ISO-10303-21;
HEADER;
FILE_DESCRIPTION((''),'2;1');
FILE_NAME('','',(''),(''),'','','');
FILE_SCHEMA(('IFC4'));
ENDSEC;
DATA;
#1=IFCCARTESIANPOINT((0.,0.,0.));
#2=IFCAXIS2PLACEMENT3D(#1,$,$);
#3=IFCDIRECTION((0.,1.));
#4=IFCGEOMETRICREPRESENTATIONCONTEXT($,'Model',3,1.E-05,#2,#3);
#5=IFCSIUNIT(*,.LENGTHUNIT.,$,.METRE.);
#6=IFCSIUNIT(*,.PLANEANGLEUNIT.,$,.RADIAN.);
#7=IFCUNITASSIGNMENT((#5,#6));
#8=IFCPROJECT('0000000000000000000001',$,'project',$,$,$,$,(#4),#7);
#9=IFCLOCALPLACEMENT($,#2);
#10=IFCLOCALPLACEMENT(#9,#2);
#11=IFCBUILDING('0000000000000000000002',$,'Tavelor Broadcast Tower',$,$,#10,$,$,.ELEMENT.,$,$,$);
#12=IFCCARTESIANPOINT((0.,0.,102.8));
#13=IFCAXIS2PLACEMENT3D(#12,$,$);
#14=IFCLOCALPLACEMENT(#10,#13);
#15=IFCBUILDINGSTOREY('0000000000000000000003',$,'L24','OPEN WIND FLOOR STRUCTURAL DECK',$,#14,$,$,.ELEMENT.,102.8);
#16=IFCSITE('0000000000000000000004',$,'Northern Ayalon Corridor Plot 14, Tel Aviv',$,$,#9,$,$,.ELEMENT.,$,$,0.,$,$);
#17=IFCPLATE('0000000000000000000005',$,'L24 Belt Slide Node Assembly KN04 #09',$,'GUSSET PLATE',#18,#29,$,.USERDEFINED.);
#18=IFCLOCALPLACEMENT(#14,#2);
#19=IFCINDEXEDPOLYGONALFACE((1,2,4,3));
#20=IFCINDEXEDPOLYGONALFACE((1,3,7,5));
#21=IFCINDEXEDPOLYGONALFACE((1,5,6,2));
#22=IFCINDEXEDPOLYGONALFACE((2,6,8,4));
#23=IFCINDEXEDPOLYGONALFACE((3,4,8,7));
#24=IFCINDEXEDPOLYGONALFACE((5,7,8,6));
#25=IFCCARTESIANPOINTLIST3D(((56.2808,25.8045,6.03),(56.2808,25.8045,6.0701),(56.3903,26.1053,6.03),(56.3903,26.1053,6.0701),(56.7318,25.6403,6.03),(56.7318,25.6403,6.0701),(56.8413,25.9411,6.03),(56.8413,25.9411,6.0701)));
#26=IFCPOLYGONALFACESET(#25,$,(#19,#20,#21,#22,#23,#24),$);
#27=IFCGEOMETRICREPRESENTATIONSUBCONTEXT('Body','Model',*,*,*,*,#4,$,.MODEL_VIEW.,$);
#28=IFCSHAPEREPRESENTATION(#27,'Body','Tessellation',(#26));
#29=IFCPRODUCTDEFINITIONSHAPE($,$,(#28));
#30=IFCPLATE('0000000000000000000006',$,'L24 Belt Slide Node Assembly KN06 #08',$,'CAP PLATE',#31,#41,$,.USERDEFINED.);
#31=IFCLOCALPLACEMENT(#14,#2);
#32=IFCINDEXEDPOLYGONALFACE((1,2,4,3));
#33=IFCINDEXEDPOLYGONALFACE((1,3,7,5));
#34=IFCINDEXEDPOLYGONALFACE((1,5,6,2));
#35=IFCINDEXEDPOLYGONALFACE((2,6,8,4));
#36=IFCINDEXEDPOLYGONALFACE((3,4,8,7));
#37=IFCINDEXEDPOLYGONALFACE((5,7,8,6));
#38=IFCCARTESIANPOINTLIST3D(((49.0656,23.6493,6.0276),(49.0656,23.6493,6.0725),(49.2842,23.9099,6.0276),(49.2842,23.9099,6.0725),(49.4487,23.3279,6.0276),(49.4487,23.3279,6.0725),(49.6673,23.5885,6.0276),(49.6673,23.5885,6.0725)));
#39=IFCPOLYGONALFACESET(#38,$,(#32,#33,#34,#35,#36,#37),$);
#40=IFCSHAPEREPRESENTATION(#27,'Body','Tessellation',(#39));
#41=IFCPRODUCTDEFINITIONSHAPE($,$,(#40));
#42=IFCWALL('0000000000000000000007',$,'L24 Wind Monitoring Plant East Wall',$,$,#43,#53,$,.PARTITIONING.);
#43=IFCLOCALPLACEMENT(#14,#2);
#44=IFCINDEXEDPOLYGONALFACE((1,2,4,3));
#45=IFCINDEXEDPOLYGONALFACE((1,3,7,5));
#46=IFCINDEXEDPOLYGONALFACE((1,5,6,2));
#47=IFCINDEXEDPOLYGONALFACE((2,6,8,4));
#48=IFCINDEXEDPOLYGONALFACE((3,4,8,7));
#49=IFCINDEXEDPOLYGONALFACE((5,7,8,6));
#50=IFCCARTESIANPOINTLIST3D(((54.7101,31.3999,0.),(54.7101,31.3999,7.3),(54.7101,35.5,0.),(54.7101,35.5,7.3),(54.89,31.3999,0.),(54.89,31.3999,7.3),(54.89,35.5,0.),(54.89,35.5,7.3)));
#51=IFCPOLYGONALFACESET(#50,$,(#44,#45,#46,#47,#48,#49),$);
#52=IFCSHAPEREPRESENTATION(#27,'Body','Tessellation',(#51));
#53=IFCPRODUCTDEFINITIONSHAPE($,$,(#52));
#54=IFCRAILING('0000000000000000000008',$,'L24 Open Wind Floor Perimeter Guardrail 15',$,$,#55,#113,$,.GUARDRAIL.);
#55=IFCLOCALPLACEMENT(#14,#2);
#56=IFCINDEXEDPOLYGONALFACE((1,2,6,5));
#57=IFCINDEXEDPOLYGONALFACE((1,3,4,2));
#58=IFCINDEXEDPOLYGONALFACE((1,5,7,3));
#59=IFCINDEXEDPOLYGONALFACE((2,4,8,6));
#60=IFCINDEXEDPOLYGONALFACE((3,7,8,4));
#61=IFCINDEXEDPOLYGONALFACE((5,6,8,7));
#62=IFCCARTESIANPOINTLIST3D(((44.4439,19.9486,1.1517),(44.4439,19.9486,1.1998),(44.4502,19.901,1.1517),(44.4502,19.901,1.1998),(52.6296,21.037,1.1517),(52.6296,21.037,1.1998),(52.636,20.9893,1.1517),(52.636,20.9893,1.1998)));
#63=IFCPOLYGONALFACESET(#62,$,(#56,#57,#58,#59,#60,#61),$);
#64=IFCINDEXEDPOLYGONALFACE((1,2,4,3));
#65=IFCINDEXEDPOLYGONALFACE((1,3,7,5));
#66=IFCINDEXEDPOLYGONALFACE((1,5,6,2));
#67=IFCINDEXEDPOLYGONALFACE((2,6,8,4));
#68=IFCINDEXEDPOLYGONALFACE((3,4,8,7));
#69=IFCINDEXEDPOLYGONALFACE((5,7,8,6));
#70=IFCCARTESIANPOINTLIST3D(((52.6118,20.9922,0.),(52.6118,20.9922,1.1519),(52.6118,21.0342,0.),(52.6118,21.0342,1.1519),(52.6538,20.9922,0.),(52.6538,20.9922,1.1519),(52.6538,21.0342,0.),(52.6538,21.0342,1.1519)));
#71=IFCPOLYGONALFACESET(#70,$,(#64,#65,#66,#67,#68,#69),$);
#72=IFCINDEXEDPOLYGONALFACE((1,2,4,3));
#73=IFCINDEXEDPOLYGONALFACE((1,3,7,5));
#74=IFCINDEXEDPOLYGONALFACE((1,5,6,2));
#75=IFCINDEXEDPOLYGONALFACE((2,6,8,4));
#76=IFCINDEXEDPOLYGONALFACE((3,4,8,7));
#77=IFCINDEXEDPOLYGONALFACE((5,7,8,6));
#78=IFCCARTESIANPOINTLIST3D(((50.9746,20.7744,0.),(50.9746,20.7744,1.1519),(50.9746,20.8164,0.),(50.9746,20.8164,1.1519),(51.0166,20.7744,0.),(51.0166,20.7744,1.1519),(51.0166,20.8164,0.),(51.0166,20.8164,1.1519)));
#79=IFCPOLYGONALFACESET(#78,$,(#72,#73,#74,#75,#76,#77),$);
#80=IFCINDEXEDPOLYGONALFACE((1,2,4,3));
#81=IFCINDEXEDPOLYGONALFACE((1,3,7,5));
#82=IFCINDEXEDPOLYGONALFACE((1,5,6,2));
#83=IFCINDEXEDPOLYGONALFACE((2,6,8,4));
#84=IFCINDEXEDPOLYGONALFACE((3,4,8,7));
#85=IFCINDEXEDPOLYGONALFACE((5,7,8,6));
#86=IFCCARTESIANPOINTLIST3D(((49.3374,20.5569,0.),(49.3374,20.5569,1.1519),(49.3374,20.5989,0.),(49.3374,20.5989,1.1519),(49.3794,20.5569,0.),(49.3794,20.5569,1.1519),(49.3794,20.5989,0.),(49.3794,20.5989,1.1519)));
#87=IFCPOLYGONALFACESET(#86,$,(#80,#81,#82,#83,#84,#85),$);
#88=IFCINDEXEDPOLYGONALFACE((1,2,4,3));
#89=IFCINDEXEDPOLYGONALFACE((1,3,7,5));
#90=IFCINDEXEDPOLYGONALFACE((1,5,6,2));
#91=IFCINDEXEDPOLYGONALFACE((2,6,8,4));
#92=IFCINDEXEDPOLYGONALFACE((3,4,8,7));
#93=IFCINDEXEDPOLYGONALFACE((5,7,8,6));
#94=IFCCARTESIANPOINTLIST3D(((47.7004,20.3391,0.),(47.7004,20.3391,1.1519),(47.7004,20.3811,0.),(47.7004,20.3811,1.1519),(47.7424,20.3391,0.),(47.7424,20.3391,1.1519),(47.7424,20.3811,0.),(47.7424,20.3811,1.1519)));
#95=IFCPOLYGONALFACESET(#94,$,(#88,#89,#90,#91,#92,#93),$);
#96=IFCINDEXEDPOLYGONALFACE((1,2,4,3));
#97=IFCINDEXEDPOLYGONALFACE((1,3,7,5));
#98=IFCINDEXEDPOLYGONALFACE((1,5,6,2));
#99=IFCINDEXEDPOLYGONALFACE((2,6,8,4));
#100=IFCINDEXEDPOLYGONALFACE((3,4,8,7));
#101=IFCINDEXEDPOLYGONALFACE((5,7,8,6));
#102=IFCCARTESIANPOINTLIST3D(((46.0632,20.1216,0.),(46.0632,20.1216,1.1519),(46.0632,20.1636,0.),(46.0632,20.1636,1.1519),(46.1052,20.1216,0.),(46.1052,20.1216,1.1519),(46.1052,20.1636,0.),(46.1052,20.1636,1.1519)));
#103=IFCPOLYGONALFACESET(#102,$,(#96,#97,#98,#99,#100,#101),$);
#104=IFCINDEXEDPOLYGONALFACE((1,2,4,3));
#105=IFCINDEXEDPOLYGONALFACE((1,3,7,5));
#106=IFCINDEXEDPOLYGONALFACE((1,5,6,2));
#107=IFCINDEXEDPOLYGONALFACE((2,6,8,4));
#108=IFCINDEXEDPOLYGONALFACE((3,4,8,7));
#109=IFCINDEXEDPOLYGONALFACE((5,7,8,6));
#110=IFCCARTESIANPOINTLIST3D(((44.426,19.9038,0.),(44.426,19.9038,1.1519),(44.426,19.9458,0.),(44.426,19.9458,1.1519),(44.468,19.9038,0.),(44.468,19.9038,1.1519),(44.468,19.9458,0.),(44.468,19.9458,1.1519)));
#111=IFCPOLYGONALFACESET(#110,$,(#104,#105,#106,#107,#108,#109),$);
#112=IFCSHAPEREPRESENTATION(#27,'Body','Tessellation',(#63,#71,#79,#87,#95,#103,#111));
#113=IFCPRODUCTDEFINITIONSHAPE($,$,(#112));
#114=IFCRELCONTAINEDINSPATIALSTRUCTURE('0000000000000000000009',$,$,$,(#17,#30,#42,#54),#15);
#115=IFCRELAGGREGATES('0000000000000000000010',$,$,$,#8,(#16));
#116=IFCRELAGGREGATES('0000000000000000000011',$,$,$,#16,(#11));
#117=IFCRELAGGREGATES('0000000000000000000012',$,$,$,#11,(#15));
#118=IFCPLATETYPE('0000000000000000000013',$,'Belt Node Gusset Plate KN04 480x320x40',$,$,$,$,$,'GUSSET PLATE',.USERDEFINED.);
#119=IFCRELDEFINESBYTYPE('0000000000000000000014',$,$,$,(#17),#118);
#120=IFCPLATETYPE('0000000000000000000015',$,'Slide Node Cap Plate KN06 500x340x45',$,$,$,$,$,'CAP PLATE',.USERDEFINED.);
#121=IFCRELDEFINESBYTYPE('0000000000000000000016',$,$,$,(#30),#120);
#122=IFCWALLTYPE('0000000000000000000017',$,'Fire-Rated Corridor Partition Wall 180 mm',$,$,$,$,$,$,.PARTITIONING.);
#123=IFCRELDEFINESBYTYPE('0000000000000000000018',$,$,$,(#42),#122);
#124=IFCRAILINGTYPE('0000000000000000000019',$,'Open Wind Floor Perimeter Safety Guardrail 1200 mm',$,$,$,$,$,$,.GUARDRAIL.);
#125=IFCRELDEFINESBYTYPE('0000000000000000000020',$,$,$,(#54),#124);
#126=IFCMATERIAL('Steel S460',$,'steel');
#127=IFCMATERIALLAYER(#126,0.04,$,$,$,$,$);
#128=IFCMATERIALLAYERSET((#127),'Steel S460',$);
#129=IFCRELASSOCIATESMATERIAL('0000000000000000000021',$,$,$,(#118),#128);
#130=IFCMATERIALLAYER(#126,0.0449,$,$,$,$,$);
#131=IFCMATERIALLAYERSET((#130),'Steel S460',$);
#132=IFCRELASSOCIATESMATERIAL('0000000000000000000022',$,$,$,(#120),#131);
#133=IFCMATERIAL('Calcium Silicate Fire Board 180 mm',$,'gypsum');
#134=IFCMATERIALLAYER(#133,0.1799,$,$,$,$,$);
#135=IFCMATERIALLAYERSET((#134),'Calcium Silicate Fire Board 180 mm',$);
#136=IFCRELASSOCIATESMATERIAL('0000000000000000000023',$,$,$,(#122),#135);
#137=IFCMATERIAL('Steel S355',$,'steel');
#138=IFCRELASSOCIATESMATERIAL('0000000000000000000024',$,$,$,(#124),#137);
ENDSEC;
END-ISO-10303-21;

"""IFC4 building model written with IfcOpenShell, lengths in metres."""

from ifc_helpers import new_model, si_unit, direction, frame, frame_2d, origin, origin_2d, place, context, subcontext, project, spatial, rectangle, extrude, source, transform, mapped, material, layer, layer_set, type_object, type_shapes, element, save


model = new_model("IFC4")

# Units and contexts
model_context = context("Model", 3, precision=1e-05, world=origin(), true_north=direction((0.0, 1.0)))
body_context = subcontext(model_context, "Body", "Model", "MODEL_VIEW")
ifc_project = project(units=[si_unit("LENGTHUNIT", "METRE"), si_unit("PLANEANGLEUNIT", "RADIAN")], contexts=[model_context])

# Site, building, storey
site_placement = place(None, origin())
site = spatial("IfcSite", under=ifc_project, at=site_placement, Name="Northern Ayalon Corridor Plot 14, Tel Aviv", CompositionType="ELEMENT", RefElevation=0.0)
building_placement = place(site_placement, origin())
building = spatial("IfcBuilding", under=site, at=building_placement, Name="Tavelor Broadcast Tower", CompositionType="ELEMENT")
storey_placement = place(building_placement, frame((0.0, 0.0, 102.8)))
storey = spatial("IfcBuildingStorey", under=building, at=storey_placement, Name="L24", Description="OPEN WIND FLOOR STRUCTURAL DECK", CompositionType="ELEMENT", Elevation=102.8)

# Shared definitions
ifc_material_1 = material(Name="Steel S460", Category="steel")

# Plates
ifc_layer_1 = layer(ifc_material_1, 0.04)
ifc_layer_set_1 = layer_set([ifc_layer_1], Name="Steel S460")
plate_type_1 = type_object("IfcPlateType", Name="Belt Node Gusset Plate KN04 480x320x40", ElementType="GUSSET PLATE", PredefinedType="USERDEFINED", material=ifc_layer_set_1)
shared_shape_1 = source(origin(), body_context, "Body", "SweptSolid", [
    extrude(rectangle(XDim=0.48, YDim=0.3201, at=origin_2d()), origin(), (0.0, 0.0, 1.0), 0.04),
])
type_shapes(plate_type_1, [shared_shape_1])
plate_1_placement = place(storey_placement, frame((56.561, 25.8728, 6.03), z_axis=(0.0, 0.0, 1.0), x_axis=(-0.939693, 0.34202, 0.0)))
element("IfcPlate", 1, at=plate_1_placement, inside=storey, type_object=plate_type_1, Name="L24 Belt Slide Node Assembly KN04 #09", ObjectType="GUSSET PLATE", PredefinedType="USERDEFINED", context=body_context, shape_type="MappedRepresentation", body=[
    mapped(shared_shape_1, transform((0.0, 0.0, 0.0), scale=1.0)),
])
ifc_layer_2 = layer(ifc_material_1, 0.0449)
ifc_layer_set_2 = layer_set([ifc_layer_2], Name="Steel S460")
plate_type_2 = type_object("IfcPlateType", Name="Slide Node Cap Plate KN06 500x340x45", ElementType="CAP PLATE", PredefinedType="USERDEFINED", material=ifc_layer_set_2)
shared_shape_2 = source(origin(), body_context, "Body", "SweptSolid", [
    extrude(rectangle(XDim=0.5, YDim=0.3401, at=origin_2d()), origin(), (0.0, 0.0, 1.0), 0.0449),
])
type_shapes(plate_type_2, [shared_shape_2])
plate_2_placement = place(storey_placement, frame((49.3665, 23.6189, 6.0276), z_axis=(0.0, 0.0, 1.0), x_axis=(-0.766044, 0.642788, 0.0)))
element("IfcPlate", 2, at=plate_2_placement, inside=storey, type_object=plate_type_2, Name="L24 Belt Slide Node Assembly KN06 #08", ObjectType="CAP PLATE", PredefinedType="USERDEFINED", context=body_context, shape_type="MappedRepresentation", body=[
    mapped(shared_shape_2, transform((0.0, 0.0, 0.0), scale=1.0)),
])

# Wall
ifc_material_2 = material(Name="Calcium Silicate Fire Board 180 mm", Category="gypsum")
ifc_layer_3 = layer(ifc_material_2, 0.1799)
ifc_layer_set_3 = layer_set([ifc_layer_3], Name="Calcium Silicate Fire Board 180 mm")
wall_type = type_object("IfcWallType", Name="Fire-Rated Corridor Partition Wall 180 mm", PredefinedType="PARTITIONING", material=ifc_layer_set_3)
wall_placement = place(storey_placement, frame((54.8, 31.3999, 0.0), z_axis=(0.0, 0.0, 1.0), x_axis=(0.0, 1.0, 0.0)))
element("IfcWall", 3, at=wall_placement, inside=storey, type_object=wall_type, Name="L24 Wind Monitoring Plant East Wall", PredefinedType="PARTITIONING", context=body_context, shape_type="SweptSolid", body=[
    extrude(rectangle(XDim=4.1001, YDim=0.1799, at=frame_2d((2.05, 0.0))), origin(), (0.0, 0.0, 1.0), 7.3),
])

# Railing
ifc_material_3 = material(Name="Steel S355", Category="steel")
railing_type = type_object("IfcRailingType", Name="Open Wind Floor Perimeter Safety Guardrail 1200 mm", PredefinedType="GUARDRAIL", material=ifc_material_3)
railing_placement = place(storey_placement, frame((52.6328, 21.0132, 0.0)))
element("IfcRailing", 4, at=railing_placement, inside=storey, type_object=railing_type, Name="L24 Open Wind Floor Perimeter Guardrail 15", PredefinedType="GUARDRAIL", context=body_context, shape_type="SweptSolid", body=[
    extrude(rectangle(XDim=0.0481, YDim=0.0481, at=origin_2d()), frame((0.0, 0.0, 1.1758), z_axis=(-0.991276, -0.1318, 0.0), x_axis=(0.1318, -0.991276, 0.0)), (0.0, 0.0, 1.0), 8.2578),
    extrude(rectangle(XDim=0.042, YDim=0.042, at=origin_2d()), origin(), (0.0, 0.0, 1.0), 1.1519),
    extrude(rectangle(XDim=0.042, YDim=0.042, at=origin_2d()), frame((-1.6372, -0.2178, 0.0)), (0.0, 0.0, 1.0), 1.1519),
    extrude(rectangle(XDim=0.042, YDim=0.042, at=origin_2d()), frame((-3.2744, -0.4353, 0.0)), (0.0, 0.0, 1.0), 1.1519),
    extrude(rectangle(XDim=0.042, YDim=0.042, at=origin_2d()), frame((-4.9114, -0.6531, 0.0)), (0.0, 0.0, 1.0), 1.1519),
    extrude(rectangle(XDim=0.042, YDim=0.042, at=origin_2d()), frame((-6.5486, -0.8706, 0.0)), (0.0, 0.0, 1.0), 1.1519),
    extrude(rectangle(XDim=0.042, YDim=0.042, at=origin_2d()), frame((-8.1858, -1.0884, 0.0)), (0.0, 0.0, 1.0), 1.1519),
])

save(model, "model.ifc")
